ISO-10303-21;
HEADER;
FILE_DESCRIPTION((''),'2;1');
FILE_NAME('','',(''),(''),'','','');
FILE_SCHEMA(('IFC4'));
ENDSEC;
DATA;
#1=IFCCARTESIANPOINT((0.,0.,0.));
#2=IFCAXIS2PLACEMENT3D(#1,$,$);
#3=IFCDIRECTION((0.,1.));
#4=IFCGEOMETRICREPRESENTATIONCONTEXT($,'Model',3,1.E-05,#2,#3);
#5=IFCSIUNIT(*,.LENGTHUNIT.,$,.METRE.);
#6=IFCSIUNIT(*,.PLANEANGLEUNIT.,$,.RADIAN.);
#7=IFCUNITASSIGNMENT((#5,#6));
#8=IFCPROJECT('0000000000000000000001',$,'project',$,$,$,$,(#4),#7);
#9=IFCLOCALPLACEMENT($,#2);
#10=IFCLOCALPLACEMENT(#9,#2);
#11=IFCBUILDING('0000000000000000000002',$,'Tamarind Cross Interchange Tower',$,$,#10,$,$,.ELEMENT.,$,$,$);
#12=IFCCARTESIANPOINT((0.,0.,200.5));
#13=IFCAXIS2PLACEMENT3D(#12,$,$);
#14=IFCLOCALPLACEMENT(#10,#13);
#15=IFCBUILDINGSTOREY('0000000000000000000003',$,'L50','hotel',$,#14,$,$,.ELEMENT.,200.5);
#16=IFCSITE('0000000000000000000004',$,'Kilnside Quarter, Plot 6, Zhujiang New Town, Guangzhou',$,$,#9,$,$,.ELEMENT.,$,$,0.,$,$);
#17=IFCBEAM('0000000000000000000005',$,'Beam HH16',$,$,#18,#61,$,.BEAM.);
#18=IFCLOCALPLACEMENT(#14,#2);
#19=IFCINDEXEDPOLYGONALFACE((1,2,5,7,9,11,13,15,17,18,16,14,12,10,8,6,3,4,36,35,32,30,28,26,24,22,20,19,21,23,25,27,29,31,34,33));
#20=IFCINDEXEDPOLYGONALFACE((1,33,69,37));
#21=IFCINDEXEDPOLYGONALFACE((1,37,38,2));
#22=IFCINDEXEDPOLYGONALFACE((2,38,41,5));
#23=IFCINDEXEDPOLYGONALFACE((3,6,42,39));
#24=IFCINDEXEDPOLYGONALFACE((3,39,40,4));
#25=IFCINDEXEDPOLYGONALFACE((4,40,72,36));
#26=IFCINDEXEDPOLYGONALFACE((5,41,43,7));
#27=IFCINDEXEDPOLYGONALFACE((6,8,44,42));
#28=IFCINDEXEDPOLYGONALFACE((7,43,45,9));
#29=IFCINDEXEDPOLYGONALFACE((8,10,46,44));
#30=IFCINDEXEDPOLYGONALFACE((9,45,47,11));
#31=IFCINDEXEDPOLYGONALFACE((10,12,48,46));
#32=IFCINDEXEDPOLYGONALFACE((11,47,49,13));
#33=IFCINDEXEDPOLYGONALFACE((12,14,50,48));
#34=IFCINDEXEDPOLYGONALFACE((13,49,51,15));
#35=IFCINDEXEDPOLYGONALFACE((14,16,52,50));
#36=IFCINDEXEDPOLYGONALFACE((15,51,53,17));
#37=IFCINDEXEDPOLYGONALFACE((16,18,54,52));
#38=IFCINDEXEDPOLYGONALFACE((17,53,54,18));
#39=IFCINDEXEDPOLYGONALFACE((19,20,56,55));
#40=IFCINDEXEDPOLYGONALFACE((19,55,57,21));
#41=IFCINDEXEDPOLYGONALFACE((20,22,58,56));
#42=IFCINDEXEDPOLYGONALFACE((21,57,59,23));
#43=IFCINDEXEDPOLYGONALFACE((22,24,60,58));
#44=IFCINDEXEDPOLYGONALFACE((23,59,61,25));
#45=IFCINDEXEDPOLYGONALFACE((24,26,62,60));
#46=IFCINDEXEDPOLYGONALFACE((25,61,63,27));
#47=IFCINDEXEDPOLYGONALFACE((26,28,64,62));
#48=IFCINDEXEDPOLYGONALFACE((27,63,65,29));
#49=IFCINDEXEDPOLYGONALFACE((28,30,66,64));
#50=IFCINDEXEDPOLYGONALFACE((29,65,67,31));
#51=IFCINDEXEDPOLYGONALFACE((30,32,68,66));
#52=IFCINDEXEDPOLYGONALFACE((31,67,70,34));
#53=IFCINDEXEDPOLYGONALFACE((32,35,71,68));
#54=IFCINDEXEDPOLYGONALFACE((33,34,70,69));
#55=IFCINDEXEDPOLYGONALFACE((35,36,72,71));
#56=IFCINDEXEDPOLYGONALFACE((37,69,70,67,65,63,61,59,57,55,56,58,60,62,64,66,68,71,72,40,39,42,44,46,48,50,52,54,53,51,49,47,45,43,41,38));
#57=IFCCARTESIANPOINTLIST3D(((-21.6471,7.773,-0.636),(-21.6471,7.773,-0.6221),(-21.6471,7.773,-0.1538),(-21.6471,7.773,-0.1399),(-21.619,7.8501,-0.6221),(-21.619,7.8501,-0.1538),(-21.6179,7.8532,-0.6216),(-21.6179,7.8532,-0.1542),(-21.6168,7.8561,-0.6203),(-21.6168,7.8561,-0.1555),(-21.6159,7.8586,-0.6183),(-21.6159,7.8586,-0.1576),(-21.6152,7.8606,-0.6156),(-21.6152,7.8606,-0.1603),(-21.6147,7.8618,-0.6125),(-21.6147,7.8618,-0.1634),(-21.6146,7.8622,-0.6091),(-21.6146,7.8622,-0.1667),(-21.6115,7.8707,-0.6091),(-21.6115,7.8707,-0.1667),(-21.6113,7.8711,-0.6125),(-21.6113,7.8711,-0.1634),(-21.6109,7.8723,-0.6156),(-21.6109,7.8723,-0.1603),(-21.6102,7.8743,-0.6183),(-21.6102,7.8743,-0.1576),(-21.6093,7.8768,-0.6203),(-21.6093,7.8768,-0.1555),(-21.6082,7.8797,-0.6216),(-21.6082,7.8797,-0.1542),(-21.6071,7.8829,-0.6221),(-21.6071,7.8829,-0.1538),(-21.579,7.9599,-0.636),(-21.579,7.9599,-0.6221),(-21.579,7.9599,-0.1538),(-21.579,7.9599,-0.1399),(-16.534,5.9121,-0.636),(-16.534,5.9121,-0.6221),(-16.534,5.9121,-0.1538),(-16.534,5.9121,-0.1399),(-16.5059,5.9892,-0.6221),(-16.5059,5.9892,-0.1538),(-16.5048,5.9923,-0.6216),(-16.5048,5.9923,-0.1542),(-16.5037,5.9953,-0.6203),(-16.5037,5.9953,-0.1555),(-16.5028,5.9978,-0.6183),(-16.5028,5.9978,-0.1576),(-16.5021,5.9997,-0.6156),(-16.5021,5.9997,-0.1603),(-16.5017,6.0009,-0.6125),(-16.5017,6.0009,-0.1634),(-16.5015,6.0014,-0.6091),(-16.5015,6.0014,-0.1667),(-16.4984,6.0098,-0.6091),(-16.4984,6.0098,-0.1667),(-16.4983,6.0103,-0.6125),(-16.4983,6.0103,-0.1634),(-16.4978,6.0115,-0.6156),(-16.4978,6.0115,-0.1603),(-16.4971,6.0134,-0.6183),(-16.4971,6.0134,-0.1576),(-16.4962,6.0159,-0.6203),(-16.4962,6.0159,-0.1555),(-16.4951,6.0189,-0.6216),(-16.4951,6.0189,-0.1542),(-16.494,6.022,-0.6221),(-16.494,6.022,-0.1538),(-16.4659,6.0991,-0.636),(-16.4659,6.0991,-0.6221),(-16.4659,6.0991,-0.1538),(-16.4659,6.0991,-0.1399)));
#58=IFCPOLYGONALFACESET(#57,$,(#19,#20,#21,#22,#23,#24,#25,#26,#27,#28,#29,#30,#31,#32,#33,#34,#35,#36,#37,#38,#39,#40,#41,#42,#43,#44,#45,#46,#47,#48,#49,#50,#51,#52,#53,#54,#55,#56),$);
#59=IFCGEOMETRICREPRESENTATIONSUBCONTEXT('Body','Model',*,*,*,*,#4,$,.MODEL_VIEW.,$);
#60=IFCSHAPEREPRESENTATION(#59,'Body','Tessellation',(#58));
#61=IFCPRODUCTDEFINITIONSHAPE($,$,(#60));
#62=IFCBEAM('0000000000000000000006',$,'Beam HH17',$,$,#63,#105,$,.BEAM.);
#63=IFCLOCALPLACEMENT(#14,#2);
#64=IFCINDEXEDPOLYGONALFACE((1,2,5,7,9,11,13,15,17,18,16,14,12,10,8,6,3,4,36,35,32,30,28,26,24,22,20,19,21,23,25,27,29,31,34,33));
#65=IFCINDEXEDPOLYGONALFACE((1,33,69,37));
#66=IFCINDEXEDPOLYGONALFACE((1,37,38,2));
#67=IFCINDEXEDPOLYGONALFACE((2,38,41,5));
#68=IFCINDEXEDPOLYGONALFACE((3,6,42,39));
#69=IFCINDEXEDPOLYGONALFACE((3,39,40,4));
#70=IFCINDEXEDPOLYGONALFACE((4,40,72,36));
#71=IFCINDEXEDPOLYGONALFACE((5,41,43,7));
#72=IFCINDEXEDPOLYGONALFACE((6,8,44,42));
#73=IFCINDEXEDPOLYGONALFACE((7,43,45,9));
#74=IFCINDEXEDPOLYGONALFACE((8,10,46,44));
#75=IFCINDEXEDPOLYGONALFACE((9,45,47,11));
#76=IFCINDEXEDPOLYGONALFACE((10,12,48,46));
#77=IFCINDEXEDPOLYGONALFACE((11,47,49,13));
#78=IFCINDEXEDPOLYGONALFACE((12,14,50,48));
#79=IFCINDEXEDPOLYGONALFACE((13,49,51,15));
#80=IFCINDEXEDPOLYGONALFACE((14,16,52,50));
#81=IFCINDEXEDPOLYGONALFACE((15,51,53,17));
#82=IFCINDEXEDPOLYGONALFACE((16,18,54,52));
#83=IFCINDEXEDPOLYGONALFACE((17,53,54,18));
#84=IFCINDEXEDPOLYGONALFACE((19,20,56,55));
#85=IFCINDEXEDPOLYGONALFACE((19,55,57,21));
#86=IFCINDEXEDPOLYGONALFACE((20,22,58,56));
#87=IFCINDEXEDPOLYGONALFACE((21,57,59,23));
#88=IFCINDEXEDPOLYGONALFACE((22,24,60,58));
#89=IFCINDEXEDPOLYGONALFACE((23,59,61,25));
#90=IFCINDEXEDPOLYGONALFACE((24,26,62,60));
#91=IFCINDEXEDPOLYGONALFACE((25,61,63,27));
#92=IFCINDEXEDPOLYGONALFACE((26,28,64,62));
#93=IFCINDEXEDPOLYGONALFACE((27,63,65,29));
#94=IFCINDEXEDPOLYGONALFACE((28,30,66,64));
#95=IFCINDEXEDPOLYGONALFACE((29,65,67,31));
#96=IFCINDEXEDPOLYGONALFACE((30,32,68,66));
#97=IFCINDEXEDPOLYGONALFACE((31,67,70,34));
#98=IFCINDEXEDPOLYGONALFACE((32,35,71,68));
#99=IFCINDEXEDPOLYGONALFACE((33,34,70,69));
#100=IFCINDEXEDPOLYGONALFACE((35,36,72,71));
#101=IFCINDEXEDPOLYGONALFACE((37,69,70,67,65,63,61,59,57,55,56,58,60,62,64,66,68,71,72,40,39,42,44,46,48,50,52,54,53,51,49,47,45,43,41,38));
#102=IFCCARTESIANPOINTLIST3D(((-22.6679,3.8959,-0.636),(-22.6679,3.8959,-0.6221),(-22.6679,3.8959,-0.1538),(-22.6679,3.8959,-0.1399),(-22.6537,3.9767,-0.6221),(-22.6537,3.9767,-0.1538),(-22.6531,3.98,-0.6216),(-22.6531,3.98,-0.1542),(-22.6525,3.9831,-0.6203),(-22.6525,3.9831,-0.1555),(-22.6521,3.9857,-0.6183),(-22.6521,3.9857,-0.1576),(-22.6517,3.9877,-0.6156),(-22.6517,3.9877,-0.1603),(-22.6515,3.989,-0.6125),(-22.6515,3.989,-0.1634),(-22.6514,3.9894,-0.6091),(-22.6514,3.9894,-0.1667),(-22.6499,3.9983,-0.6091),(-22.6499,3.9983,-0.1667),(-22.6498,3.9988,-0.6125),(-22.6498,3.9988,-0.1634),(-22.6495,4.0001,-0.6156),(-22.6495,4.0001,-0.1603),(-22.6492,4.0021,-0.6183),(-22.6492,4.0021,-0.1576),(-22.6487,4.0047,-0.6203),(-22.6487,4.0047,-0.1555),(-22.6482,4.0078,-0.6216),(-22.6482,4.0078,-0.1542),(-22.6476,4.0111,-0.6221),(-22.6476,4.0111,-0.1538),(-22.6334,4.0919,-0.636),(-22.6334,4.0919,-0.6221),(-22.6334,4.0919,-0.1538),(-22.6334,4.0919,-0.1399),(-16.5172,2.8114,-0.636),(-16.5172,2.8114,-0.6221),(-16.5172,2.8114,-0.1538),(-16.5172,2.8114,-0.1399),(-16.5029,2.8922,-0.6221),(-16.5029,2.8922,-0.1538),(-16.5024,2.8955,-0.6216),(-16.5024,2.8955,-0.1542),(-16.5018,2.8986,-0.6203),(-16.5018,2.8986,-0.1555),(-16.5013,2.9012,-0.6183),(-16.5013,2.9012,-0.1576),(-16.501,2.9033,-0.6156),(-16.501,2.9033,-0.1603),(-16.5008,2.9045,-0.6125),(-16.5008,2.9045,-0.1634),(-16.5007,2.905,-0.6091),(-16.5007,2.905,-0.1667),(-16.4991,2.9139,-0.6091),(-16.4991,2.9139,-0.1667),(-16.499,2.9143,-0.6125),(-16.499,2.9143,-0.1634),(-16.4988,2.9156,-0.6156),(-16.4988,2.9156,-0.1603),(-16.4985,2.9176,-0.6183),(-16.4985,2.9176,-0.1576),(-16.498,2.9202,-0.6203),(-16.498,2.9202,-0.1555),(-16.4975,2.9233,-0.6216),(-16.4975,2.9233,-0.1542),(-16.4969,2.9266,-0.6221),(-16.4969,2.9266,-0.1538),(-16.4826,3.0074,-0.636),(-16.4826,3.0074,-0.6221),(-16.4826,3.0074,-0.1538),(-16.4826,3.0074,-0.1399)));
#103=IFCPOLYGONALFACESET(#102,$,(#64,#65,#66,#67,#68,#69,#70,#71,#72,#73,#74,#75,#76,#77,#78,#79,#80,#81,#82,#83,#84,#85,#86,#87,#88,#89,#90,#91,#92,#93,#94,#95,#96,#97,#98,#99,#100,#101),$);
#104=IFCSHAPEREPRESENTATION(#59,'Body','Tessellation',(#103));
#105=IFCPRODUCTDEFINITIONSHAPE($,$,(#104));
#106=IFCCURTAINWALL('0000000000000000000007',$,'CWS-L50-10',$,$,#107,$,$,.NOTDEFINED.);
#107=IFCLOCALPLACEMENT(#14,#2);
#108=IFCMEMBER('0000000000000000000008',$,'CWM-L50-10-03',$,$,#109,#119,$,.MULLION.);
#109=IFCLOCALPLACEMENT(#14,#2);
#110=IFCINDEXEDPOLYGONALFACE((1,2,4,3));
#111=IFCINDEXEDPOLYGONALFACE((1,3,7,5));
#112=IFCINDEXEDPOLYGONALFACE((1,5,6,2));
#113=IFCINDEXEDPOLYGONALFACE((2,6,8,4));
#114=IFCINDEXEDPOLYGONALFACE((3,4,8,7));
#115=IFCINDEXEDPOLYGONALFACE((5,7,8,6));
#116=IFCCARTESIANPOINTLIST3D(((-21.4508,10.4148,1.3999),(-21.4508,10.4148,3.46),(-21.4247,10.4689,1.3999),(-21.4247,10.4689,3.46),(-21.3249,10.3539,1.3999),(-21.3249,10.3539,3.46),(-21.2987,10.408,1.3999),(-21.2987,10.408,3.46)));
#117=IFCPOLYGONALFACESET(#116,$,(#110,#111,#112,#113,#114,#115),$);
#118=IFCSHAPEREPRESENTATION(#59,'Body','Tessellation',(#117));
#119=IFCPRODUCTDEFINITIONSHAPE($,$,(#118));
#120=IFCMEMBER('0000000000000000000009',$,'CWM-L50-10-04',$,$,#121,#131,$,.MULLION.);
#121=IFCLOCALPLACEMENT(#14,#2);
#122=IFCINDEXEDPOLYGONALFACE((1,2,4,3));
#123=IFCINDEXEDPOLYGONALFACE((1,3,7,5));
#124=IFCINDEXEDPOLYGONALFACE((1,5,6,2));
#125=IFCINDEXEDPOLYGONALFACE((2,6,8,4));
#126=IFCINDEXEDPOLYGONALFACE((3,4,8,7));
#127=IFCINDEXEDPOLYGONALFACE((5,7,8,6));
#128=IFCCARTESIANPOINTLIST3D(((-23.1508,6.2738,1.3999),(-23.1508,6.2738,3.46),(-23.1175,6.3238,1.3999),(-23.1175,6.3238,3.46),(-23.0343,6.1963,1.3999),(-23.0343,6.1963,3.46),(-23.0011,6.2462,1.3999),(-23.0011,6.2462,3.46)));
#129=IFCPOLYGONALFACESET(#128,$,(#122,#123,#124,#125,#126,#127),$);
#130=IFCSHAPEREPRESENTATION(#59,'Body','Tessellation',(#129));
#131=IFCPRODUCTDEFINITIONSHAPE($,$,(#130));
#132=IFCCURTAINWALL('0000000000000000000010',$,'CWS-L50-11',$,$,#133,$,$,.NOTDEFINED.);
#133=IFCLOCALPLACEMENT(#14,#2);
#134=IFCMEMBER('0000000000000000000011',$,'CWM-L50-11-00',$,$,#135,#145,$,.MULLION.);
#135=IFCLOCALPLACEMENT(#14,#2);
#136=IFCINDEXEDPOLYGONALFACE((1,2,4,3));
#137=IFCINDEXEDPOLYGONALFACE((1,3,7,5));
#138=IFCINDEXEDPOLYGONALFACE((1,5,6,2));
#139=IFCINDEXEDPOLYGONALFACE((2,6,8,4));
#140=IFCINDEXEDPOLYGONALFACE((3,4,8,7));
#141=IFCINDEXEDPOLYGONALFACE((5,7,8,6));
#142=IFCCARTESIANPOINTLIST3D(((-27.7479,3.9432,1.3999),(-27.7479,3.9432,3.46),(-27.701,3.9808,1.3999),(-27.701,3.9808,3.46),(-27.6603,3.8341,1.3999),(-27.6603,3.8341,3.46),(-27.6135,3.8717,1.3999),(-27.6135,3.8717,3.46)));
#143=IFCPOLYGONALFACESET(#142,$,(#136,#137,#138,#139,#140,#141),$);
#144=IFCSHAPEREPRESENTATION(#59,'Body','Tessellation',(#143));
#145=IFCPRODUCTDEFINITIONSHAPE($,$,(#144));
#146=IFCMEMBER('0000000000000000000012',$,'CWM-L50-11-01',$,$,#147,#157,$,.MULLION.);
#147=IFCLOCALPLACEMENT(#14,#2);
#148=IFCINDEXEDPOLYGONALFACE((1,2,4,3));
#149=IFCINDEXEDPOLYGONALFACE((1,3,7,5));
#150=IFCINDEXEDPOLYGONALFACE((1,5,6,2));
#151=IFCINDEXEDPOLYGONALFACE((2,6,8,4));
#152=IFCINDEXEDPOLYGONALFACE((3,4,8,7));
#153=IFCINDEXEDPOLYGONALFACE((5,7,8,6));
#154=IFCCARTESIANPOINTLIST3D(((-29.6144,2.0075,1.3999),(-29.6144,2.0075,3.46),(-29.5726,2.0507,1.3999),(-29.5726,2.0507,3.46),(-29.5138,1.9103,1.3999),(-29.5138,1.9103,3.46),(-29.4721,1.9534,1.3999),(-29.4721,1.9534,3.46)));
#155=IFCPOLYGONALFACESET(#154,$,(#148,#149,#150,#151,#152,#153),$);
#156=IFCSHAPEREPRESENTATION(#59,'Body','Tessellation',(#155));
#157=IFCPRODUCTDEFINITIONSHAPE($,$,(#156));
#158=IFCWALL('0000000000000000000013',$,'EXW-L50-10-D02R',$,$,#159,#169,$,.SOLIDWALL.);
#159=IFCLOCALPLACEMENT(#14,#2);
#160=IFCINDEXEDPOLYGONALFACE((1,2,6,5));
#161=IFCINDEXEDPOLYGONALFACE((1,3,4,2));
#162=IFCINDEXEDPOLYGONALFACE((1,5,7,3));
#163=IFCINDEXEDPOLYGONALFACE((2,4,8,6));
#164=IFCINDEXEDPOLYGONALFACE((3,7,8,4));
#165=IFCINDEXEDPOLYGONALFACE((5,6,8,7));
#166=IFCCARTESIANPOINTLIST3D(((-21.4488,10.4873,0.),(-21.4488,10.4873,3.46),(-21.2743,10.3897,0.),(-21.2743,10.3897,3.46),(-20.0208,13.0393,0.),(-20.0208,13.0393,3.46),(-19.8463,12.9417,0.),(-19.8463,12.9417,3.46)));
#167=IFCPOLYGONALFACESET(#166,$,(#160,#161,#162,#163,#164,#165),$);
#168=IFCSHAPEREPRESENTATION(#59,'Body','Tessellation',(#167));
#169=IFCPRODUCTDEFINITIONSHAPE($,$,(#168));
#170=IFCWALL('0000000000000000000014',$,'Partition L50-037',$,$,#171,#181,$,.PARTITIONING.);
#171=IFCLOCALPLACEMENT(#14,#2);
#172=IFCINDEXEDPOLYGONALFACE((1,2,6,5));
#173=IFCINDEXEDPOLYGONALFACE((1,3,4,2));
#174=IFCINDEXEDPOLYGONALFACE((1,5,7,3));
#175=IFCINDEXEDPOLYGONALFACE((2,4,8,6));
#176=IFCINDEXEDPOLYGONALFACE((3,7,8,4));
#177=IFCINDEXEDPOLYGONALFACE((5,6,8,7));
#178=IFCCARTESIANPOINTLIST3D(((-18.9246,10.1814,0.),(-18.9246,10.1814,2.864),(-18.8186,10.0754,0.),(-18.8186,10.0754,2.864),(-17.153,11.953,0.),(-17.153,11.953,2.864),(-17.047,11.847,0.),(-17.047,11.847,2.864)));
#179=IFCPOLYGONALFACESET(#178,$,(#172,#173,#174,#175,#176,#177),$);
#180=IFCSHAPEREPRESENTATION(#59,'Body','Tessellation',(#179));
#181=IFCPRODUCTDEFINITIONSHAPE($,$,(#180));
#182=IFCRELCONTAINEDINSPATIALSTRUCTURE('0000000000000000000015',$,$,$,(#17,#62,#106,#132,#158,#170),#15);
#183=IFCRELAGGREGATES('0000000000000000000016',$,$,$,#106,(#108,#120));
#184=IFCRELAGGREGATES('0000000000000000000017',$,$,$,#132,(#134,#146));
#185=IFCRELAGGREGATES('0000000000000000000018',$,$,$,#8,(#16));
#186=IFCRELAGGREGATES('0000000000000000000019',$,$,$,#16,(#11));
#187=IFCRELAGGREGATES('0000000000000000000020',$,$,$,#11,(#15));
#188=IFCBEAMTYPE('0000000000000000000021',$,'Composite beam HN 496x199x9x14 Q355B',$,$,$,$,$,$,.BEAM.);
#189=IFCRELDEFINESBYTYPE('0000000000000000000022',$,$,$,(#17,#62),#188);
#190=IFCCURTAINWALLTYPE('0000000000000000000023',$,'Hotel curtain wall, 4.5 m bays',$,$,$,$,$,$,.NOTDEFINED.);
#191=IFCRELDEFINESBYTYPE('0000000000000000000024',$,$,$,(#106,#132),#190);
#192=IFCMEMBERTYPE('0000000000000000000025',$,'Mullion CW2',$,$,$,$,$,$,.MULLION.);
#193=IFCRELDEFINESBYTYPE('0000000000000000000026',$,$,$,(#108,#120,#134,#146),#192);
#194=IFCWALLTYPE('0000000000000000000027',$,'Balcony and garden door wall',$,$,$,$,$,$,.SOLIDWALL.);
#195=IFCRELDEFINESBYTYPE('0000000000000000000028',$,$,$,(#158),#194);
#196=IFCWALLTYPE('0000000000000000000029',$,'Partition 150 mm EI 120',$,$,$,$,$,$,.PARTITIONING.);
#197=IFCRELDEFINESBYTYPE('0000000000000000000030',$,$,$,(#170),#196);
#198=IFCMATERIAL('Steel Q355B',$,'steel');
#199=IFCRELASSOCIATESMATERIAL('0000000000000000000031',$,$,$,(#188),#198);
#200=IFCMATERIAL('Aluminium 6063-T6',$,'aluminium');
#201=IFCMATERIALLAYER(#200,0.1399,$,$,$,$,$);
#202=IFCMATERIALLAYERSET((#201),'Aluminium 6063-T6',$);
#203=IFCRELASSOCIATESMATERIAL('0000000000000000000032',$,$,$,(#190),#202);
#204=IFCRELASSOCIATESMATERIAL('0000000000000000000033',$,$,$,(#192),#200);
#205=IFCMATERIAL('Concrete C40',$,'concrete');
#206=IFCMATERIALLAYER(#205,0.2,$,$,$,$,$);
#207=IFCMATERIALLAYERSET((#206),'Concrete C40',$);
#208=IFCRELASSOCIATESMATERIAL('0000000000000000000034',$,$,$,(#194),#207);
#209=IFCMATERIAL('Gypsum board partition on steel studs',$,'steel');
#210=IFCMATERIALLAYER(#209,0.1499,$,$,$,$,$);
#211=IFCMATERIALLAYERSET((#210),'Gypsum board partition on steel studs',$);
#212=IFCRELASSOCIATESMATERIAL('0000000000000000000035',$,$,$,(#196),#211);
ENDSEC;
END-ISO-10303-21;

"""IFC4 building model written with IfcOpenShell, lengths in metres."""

from ifc_helpers import new_model, si_unit, direction, frame, frame_2d, origin, origin_2d, place, context, subcontext, project, spatial, rectangle, i_section, extrude, material, layer, layer_set, material_profile, profile_set, type_object, element, aggregate, save


model = new_model("IFC4")

# Units and contexts
model_context = context("Model", 3, precision=1e-05, world=origin(), true_north=direction((0.0, 1.0)))
body_context = subcontext(model_context, "Body", "Model", "MODEL_VIEW")
ifc_project = project(units=[si_unit("LENGTHUNIT", "METRE"), si_unit("PLANEANGLEUNIT", "RADIAN")], contexts=[model_context])

# Site, building, storey
site_placement = place(None, origin())
site = spatial("IfcSite", under=ifc_project, at=site_placement, Name="Kilnside Quarter, Plot 6, Zhujiang New Town, Guangzhou", CompositionType="ELEMENT", RefElevation=0.0)
building_placement = place(site_placement, origin())
building = spatial("IfcBuilding", under=site, at=building_placement, Name="Tamarind Cross Interchange Tower", CompositionType="ELEMENT")
storey_placement = place(building_placement, frame((0.0, 0.0, 200.5)))
storey = spatial("IfcBuildingStorey", under=building, at=storey_placement, Name="L50", Description="hotel", CompositionType="ELEMENT", Elevation=200.5)

# Beams
ifc_material_1 = material(Name="Steel Q355B", Category="steel")
ifc_material_profile_1 = material_profile(ifc_material_1, i_section(OverallWidth=0.199, OverallDepth=0.4961, WebThickness=0.009, FlangeThickness=0.0139, FilletRadius=0.0129, at=origin_2d()), Name="HN 496x199x9x14")
ifc_profile_set_1 = profile_set([ifc_material_profile_1], Name="Steel Q355B")
beam_type = type_object("IfcBeamType", Name="Composite beam HN 496x199x9x14 Q355B", PredefinedType="BEAM", material=ifc_profile_set_1)
beam_1_placement = place(storey_placement, frame((-21.613, 7.8665, -0.3879), z_axis=(0.939702, -0.341995, 0.0), x_axis=(0.341995, 0.939702, 0.0)))
element("IfcBeam", 1, at=beam_1_placement, inside=storey, type_object=beam_type, Name="Beam HH16", PredefinedType="BEAM", context=body_context, shape_type="SweptSolid", body=[
    extrude(i_section(OverallWidth=0.199, OverallDepth=0.4961, WebThickness=0.009, FlangeThickness=0.0139, FilletRadius=0.0129, at=origin_2d()), origin(), (0.0, 0.0, 1.0), 5.4412),
])
beam_2_placement = place(storey_placement, frame((-22.6506, 3.9939, -0.3879), z_axis=(0.984809, -0.17364, 0.0), x_axis=(0.17364, 0.984809, 0.0)))
element("IfcBeam", 2, at=beam_2_placement, inside=storey, type_object=beam_type, Name="Beam HH17", PredefinedType="BEAM", context=body_context, shape_type="SweptSolid", body=[
    extrude(i_section(OverallWidth=0.199, OverallDepth=0.4961, WebThickness=0.009, FlangeThickness=0.0139, FilletRadius=0.0129, at=origin_2d()), origin(), (0.0, 0.0, 1.0), 6.2456),
])

# Curtain walls, members
ifc_material_2 = material(Name="Aluminium 6063-T6", Category="aluminium")
ifc_layer_1 = layer(ifc_material_2, 0.1399)
ifc_layer_set_1 = layer_set([ifc_layer_1], Name="Aluminium 6063-T6")
curtain_wall_type = type_object("IfcCurtainWallType", Name="Hotel curtain wall, 4.5 m bays", PredefinedType="NOTDEFINED", material=ifc_layer_set_1)
curtain_wall_1_placement = place(storey_placement, origin())
curtain_wall_1 = element("IfcCurtainWall", 3, at=curtain_wall_1_placement, inside=storey, type_object=curtain_wall_type, Name="CWS-L50-10", PredefinedType="NOTDEFINED")
ifc_material_profile_2 = material_profile(ifc_material_2, rectangle(XDim=0.0601, YDim=0.1399, at=origin_2d()), Name="Mullion CW2")
ifc_profile_set_2 = profile_set([ifc_material_profile_2], Name="Aluminium 6063-T6")
member_type = type_object("IfcMemberType", Name="Mullion CW2", PredefinedType="MULLION", material=ifc_profile_set_2)
member_1_placement = place(storey_placement, frame((-21.3748, 10.4114, 1.3999), z_axis=(0.0, 0.0, 1.0), x_axis=(-0.435326, -0.900273, 0.0)))
member_1 = element("IfcMember", 4, at=member_1_placement, type_object=member_type, Name="CWM-L50-10-03", PredefinedType="MULLION", context=body_context, shape_type="SweptSolid", body=[
    extrude(rectangle(XDim=0.0601, YDim=0.1399, at=origin_2d()), origin(), (0.0, 0.0, 1.0), 2.0601),
])
member_2_placement = place(storey_placement, frame((-23.0759, 6.26, 1.3999), z_axis=(0.0, 0.0, 1.0), x_axis=(-0.554175, -0.8324, 0.0)))
member_2 = element("IfcMember", 5, at=member_2_placement, type_object=member_type, Name="CWM-L50-10-04", PredefinedType="MULLION", context=body_context, shape_type="SweptSolid", body=[
    extrude(rectangle(XDim=0.0601, YDim=0.1399, at=origin_2d()), origin(), (0.0, 0.0, 1.0), 2.0601),
])
aggregate(curtain_wall_1, [member_1, member_2])
curtain_wall_2_placement = place(storey_placement, origin())
curtain_wall_2 = element("IfcCurtainWall", 6, at=curtain_wall_2_placement, inside=storey, type_object=curtain_wall_type, Name="CWS-L50-11", PredefinedType="NOTDEFINED")
member_3_placement = place(storey_placement, frame((-27.6807, 3.9075, 1.3999), z_axis=(0.0, 0.0, 1.0), x_axis=(-0.780097, -0.625659, 0.0)))
member_3 = element("IfcMember", 7, at=member_3_placement, type_object=member_type, Name="CWM-L50-11-00", PredefinedType="MULLION", context=body_context, shape_type="SweptSolid", body=[
    extrude(rectangle(XDim=0.0601, YDim=0.1399, at=origin_2d()), origin(), (0.0, 0.0, 1.0), 2.0601),
])
member_4_placement = place(storey_placement, frame((-29.5432, 1.9805, 1.3999), z_axis=(0.0, 0.0, 1.0), x_axis=(-0.69502, -0.718991, 0.0)))
member_4 = element("IfcMember", 8, at=member_4_placement, type_object=member_type, Name="CWM-L50-11-01", PredefinedType="MULLION", context=body_context, shape_type="SweptSolid", body=[
    extrude(rectangle(XDim=0.0601, YDim=0.1399, at=origin_2d()), origin(), (0.0, 0.0, 1.0), 2.0601),
])
aggregate(curtain_wall_2, [member_3, member_4])

# Wall
ifc_material_3 = material(Name="Concrete C40", Category="concrete")
ifc_layer_2 = layer(ifc_material_3, 0.2)
ifc_layer_set_2 = layer_set([ifc_layer_2], Name="Concrete C40")
wall_type_1 = type_object("IfcWallType", Name="Balcony and garden door wall", PredefinedType="SOLIDWALL", material=ifc_layer_set_2)
wall_1_placement = place(storey_placement, frame((-19.9336, 12.9905, 0.0), z_axis=(0.0, 0.0, 1.0), x_axis=(-0.488306, -0.872673, 0.0)))
element("IfcWall", 9, at=wall_1_placement, inside=storey, type_object=wall_type_1, Name="EXW-L50-10-D02R", PredefinedType="SOLIDWALL", context=body_context, shape_type="SweptSolid", body=[
    extrude(rectangle(XDim=2.9243, YDim=0.2, at=frame_2d((1.4622, 0.0))), origin(), (0.0, 0.0, 1.0), 3.46),
])

# Wall
ifc_material_4 = material(Name="Gypsum board partition on steel studs", Category="steel")
ifc_layer_3 = layer(ifc_material_4, 0.1499)
ifc_layer_set_3 = layer_set([ifc_layer_3], Name="Gypsum board partition on steel studs")
wall_type_2 = type_object("IfcWallType", Name="Partition 150 mm EI 120", PredefinedType="PARTITIONING", material=ifc_layer_set_3)
wall_2_placement = place(storey_placement, frame((-18.8716, 10.1284, 0.0), z_axis=(0.0, 0.0, 1.0), x_axis=(0.707107, 0.707107, 0.0)))
element("IfcWall", 10, at=wall_2_placement, inside=storey, type_object=wall_type_2, Name="Partition L50-037", PredefinedType="PARTITIONING", context=body_context, shape_type="SweptSolid", body=[
    extrude(rectangle(XDim=2.5054, YDim=0.1499, at=frame_2d((1.2527, 0.0))), origin(), (0.0, 0.0, 1.0), 2.864),
])

save(model, "model.ifc")
